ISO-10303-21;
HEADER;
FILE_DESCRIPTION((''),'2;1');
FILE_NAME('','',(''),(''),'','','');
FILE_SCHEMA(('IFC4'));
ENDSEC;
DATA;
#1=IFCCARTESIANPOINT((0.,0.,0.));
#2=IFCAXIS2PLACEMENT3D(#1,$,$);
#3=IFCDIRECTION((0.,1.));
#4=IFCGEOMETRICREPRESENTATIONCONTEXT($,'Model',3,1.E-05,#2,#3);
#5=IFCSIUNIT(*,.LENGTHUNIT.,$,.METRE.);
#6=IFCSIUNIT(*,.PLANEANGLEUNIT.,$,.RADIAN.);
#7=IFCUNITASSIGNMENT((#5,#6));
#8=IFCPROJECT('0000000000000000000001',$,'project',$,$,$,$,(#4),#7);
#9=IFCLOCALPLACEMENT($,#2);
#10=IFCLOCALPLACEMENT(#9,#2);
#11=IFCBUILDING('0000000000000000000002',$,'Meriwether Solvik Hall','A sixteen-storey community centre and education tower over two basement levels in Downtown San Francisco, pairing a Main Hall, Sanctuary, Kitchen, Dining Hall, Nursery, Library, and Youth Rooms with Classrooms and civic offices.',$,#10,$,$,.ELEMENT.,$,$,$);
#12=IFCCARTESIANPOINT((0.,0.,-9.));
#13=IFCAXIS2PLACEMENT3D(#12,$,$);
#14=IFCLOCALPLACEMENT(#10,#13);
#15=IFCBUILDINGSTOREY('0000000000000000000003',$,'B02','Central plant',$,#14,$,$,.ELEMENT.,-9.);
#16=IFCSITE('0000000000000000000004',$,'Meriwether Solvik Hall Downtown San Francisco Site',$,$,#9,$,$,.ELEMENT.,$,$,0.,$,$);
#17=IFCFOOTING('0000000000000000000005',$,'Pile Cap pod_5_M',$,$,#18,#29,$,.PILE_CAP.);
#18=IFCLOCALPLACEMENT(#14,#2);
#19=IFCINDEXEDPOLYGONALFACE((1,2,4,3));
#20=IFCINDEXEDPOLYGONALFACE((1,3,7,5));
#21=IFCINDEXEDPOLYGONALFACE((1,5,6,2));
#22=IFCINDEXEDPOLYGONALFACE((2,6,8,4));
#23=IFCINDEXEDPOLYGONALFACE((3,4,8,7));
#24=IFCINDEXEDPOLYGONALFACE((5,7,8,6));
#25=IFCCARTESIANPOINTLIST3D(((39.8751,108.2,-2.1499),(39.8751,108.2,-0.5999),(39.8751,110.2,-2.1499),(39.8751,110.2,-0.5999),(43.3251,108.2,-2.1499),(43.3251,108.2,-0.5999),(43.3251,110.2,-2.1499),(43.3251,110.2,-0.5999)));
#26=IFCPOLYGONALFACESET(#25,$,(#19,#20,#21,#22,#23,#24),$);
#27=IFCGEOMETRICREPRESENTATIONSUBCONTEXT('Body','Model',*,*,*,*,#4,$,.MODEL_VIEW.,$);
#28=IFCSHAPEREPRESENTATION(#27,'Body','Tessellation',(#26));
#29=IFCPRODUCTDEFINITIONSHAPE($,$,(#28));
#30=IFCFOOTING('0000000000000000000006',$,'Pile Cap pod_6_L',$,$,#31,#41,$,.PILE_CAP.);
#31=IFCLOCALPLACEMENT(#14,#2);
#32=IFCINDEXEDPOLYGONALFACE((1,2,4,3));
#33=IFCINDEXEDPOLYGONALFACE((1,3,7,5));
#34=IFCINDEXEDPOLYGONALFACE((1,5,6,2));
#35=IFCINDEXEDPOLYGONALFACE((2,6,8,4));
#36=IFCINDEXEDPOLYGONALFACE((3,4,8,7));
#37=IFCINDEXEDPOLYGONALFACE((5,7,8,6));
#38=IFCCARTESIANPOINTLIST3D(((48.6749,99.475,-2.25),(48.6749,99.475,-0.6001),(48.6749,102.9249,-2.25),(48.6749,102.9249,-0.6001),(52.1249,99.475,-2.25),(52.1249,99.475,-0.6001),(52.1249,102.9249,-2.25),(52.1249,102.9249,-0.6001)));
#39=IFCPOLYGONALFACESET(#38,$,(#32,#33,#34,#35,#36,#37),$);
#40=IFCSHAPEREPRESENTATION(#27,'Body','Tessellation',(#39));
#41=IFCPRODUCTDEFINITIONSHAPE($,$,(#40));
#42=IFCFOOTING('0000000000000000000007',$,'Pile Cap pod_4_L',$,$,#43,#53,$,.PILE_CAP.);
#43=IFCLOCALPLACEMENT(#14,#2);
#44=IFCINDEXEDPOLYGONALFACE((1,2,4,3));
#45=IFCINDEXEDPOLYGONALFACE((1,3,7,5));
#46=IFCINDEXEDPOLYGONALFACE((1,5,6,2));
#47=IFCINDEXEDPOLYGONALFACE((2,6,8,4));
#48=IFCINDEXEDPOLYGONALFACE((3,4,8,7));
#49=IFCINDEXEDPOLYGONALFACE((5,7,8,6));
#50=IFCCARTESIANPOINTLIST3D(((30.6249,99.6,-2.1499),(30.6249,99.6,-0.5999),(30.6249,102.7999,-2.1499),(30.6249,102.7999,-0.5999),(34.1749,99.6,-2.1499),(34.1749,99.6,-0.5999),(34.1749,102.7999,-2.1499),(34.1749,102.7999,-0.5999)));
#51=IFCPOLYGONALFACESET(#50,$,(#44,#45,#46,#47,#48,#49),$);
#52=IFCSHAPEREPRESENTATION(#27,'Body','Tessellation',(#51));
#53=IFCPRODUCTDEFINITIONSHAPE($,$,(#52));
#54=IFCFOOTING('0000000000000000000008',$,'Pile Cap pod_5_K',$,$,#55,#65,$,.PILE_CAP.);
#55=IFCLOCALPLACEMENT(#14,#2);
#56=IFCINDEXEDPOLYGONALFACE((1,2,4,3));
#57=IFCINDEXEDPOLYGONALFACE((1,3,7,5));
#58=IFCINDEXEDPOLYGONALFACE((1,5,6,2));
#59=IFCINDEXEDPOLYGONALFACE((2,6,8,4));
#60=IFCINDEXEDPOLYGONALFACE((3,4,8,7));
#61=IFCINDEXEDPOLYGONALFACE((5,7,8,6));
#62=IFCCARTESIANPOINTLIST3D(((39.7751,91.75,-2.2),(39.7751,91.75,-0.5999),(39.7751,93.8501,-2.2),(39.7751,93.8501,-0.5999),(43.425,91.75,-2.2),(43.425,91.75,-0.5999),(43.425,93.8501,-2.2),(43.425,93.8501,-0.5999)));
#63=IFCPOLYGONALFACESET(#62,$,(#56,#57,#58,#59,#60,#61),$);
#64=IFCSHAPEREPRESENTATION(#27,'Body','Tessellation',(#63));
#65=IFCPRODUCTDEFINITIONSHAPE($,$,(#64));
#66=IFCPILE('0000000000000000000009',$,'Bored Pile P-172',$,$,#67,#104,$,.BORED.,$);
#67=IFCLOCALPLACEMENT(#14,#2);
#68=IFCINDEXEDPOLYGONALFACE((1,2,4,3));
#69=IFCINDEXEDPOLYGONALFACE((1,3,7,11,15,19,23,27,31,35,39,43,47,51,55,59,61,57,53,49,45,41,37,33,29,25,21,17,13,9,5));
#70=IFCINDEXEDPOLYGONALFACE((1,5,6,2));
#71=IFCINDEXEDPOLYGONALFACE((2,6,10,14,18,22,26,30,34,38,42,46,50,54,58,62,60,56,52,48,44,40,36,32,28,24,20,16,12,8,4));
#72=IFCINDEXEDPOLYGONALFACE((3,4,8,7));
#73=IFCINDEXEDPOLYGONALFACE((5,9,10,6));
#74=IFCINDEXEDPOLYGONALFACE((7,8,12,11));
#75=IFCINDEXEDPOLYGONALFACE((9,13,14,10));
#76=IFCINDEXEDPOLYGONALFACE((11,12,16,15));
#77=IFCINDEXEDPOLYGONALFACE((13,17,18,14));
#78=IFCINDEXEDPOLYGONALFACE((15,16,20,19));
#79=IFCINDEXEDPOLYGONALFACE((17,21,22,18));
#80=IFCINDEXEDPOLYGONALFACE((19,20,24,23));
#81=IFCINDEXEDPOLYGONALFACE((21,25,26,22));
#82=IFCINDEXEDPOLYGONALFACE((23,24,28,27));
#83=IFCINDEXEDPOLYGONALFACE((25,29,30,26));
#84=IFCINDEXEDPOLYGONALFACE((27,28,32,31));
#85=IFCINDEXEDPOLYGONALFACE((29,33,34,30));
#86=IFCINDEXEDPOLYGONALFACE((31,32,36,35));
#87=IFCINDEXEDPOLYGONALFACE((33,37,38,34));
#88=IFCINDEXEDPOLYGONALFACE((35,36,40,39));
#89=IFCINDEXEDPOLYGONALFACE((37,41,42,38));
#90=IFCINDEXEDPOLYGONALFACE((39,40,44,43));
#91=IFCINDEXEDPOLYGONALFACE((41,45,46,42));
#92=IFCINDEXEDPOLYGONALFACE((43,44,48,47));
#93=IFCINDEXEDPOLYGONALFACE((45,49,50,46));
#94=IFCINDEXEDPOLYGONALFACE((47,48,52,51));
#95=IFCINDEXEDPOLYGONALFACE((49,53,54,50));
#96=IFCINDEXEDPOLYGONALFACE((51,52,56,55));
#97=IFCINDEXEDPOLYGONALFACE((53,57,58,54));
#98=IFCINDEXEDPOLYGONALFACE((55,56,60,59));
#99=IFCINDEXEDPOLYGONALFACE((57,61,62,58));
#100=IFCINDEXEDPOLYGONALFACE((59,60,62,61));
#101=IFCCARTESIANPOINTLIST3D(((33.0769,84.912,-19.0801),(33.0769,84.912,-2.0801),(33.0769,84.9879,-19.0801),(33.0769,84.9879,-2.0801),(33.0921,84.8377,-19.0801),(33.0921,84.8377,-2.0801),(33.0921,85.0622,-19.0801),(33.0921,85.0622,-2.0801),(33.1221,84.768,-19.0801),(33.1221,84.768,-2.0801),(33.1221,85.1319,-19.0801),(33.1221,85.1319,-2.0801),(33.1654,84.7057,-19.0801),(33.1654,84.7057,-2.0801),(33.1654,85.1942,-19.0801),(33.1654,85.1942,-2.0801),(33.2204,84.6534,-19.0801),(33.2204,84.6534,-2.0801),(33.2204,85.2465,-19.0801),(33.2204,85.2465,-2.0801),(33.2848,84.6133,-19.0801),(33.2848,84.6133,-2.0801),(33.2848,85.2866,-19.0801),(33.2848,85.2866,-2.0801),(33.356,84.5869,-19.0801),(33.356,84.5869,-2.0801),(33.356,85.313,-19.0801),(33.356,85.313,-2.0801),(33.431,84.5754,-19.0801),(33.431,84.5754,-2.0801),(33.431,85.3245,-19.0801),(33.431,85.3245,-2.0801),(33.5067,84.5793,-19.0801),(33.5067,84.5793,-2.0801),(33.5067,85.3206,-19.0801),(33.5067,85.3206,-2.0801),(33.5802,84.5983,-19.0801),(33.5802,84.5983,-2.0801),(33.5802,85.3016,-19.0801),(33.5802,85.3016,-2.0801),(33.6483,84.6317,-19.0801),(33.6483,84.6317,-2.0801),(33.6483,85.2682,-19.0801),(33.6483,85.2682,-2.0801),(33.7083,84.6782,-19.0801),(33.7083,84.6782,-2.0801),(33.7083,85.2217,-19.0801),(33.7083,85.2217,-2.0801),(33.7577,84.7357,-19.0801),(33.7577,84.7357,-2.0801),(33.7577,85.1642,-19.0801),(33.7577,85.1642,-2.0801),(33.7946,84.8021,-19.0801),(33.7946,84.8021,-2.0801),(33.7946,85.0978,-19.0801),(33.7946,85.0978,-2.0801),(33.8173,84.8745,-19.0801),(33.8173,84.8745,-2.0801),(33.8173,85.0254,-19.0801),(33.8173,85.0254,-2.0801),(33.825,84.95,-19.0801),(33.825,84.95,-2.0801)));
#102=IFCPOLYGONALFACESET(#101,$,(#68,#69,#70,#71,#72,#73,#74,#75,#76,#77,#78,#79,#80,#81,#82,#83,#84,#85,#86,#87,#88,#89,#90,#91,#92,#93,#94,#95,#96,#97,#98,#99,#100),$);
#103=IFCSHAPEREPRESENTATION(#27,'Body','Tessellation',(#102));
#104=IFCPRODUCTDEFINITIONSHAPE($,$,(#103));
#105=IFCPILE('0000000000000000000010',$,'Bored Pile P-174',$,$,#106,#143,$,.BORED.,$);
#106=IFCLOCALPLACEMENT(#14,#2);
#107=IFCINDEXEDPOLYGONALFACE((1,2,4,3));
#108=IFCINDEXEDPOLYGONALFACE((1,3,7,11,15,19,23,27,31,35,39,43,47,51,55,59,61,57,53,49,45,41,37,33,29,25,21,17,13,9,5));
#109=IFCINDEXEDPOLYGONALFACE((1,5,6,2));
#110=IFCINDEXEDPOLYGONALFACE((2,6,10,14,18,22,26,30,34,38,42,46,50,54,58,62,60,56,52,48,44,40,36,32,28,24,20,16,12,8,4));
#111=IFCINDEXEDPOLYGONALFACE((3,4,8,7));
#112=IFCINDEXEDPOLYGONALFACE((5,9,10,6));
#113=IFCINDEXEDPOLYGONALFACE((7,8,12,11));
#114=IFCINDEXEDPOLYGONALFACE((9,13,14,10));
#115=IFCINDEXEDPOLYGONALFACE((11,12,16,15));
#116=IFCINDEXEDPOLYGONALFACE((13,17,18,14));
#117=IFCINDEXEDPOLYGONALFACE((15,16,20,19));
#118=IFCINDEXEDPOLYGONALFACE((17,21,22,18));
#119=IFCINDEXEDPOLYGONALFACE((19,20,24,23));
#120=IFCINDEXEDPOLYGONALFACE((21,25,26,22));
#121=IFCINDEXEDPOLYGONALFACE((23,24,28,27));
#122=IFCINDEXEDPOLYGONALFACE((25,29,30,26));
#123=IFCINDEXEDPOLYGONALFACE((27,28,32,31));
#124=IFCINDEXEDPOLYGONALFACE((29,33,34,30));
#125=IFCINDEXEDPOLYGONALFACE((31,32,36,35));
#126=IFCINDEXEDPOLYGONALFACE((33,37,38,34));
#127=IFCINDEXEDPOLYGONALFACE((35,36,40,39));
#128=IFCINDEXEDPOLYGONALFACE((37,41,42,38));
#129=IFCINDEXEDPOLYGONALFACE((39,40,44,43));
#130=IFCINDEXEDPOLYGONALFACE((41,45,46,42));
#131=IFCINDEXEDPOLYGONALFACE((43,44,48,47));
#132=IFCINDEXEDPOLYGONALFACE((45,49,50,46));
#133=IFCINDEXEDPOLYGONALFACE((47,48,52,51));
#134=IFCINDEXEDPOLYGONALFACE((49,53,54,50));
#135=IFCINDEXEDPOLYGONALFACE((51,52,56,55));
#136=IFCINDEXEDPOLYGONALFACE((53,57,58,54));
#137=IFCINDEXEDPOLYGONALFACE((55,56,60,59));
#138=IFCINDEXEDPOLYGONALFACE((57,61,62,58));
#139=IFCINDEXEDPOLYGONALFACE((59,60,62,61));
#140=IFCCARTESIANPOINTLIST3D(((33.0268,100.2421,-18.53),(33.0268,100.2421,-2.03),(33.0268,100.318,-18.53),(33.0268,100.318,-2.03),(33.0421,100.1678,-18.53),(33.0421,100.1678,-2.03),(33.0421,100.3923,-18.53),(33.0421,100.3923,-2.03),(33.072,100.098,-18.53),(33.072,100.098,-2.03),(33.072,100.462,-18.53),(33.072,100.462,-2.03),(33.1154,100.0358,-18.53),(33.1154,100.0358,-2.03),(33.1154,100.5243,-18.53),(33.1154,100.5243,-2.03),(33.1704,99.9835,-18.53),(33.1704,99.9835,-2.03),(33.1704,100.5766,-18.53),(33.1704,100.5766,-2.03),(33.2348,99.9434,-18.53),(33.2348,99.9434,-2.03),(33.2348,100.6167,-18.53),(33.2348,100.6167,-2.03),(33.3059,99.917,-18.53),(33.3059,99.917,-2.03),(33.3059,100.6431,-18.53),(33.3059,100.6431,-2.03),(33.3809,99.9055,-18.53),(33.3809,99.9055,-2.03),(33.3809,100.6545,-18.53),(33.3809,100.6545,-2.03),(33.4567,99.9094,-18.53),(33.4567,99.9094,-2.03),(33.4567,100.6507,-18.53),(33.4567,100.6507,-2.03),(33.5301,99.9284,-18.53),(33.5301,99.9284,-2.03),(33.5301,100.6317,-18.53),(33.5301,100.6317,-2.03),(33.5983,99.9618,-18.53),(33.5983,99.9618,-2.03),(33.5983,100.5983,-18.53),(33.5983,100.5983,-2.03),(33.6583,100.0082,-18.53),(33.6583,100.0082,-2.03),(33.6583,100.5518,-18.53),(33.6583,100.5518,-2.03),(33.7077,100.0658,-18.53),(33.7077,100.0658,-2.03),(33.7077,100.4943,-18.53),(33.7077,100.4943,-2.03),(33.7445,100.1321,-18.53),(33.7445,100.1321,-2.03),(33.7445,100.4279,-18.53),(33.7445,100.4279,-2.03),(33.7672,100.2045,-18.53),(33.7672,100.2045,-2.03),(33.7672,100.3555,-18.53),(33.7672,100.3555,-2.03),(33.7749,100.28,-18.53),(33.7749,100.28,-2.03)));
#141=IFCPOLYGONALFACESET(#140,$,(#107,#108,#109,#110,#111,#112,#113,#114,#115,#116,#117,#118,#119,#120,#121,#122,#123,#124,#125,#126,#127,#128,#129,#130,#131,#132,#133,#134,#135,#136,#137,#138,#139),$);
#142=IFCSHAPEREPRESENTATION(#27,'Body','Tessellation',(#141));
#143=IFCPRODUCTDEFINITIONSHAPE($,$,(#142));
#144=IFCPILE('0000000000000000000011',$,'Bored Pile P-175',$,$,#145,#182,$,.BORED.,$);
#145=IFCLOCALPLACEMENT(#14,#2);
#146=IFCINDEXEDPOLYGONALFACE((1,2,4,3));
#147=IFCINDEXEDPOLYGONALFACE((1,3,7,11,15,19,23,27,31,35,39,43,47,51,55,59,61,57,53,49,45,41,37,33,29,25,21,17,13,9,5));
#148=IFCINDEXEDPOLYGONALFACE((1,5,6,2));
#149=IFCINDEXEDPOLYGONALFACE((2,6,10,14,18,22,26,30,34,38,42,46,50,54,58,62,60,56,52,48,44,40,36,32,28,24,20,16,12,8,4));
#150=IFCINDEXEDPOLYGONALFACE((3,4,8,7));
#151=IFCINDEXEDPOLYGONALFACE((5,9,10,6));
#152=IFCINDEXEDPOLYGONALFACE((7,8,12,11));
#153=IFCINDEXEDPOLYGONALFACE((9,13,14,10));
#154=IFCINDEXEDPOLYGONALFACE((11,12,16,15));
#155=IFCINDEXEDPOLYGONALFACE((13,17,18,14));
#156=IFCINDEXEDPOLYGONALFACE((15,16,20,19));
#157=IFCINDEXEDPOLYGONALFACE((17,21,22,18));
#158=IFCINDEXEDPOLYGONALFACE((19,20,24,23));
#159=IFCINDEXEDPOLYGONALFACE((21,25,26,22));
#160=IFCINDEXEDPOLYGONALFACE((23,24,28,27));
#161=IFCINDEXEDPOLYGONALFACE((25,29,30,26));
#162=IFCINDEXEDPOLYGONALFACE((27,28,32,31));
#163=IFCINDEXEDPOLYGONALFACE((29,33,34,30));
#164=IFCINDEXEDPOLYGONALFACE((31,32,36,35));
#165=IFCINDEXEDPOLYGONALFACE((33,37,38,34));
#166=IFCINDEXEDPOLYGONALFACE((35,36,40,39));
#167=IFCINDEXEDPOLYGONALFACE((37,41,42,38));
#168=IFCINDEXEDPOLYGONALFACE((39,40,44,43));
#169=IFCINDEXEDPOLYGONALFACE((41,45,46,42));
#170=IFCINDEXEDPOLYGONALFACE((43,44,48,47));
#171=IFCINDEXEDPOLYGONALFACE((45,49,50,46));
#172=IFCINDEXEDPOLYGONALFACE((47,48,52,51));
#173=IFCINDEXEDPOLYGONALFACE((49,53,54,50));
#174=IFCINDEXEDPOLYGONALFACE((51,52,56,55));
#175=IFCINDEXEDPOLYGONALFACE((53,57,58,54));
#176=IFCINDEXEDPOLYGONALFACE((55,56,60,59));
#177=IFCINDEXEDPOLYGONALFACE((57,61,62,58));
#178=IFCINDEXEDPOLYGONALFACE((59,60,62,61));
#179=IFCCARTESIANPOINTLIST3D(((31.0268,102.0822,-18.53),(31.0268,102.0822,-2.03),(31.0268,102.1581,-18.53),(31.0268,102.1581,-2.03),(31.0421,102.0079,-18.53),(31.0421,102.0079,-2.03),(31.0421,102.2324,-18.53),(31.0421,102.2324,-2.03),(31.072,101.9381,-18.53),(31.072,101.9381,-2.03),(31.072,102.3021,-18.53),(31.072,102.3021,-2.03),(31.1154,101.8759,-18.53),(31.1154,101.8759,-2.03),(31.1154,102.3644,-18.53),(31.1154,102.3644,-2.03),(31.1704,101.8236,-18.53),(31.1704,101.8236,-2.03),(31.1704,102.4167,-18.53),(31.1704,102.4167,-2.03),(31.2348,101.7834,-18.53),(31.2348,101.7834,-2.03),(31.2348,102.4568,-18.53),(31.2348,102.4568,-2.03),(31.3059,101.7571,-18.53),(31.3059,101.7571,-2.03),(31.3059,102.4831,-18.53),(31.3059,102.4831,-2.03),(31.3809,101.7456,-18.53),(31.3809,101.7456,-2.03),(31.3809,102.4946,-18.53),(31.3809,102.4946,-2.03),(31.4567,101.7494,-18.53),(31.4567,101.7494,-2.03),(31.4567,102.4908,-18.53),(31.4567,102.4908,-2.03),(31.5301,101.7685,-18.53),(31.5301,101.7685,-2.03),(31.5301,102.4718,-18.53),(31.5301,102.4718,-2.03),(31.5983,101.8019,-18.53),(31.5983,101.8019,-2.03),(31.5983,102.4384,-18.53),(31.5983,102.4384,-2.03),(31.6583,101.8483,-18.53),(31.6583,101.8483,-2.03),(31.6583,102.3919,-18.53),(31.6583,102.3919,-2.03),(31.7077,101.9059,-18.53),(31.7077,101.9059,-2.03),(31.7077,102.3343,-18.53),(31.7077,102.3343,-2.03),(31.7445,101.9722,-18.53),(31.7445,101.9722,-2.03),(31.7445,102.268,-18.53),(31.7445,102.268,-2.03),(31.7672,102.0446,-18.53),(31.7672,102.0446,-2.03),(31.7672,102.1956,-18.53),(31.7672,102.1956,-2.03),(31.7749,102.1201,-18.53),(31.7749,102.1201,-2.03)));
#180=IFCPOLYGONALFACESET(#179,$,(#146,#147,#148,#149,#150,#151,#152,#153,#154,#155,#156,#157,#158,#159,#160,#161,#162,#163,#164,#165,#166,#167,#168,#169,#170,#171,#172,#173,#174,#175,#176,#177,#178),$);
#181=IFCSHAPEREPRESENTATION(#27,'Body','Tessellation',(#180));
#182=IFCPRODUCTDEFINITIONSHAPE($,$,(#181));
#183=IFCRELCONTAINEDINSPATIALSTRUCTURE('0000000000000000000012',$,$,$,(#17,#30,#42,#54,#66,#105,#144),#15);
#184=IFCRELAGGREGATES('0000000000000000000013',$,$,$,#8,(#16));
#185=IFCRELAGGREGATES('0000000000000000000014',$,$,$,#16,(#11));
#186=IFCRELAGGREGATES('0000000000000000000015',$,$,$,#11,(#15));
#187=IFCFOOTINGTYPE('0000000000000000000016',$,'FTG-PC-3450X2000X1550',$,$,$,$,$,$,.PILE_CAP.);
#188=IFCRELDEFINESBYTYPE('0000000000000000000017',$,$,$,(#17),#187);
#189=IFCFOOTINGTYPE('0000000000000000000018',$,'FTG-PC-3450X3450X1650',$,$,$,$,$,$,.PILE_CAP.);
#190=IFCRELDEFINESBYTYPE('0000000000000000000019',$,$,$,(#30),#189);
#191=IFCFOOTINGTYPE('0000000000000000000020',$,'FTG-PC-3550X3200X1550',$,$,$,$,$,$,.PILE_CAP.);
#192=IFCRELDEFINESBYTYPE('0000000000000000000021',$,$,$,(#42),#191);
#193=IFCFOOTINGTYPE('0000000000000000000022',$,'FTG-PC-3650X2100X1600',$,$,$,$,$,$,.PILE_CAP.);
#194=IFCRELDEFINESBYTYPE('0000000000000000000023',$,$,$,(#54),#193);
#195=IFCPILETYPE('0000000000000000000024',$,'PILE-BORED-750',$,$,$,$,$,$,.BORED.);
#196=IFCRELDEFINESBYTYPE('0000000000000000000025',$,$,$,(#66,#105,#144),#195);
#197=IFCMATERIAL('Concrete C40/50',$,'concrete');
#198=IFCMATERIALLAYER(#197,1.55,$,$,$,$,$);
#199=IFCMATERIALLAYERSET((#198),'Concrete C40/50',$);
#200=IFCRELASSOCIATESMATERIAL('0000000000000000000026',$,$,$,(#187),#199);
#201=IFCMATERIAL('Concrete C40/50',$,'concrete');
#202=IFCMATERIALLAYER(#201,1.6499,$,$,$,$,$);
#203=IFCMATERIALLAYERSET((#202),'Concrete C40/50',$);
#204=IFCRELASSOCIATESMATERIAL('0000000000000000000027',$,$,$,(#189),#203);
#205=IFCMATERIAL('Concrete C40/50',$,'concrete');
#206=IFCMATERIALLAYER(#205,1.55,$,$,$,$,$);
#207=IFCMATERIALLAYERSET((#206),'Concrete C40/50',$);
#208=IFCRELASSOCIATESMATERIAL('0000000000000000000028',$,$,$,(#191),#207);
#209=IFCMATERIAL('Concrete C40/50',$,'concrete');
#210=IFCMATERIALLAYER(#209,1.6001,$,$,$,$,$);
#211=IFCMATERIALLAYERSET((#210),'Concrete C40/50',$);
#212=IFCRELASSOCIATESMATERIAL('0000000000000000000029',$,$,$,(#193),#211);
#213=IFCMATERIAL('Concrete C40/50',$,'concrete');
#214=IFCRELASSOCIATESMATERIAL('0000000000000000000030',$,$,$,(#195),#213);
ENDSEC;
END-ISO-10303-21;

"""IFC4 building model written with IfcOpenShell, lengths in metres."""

from ifc_helpers import new_model, si_unit, direction, frame, origin, origin_2d, place, context, subcontext, project, spatial, rectangle, circle, extrude, material, layer, layer_set, material_profile, profile_set, type_object, element, save


model = new_model("IFC4")

# Units and contexts
model_context = context("Model", 3, precision=1e-05, world=origin(), true_north=direction((0.0, 1.0)))
body_context = subcontext(model_context, "Body", "Model", "MODEL_VIEW")
ifc_project = project(units=[si_unit("LENGTHUNIT", "METRE"), si_unit("PLANEANGLEUNIT", "RADIAN")], contexts=[model_context])

# Site, building, storey
site_placement = place(None, origin())
site = spatial("IfcSite", under=ifc_project, at=site_placement, Name="Meriwether Solvik Hall Downtown San Francisco Site", CompositionType="ELEMENT", RefElevation=0.0)
building_placement = place(site_placement, origin())
building = spatial("IfcBuilding", under=site, at=building_placement, Name="Meriwether Solvik Hall", Description="A sixteen-storey community centre and education tower over two basement levels in Downtown San Francisco, pairing a Main Hall, Sanctuary, Kitchen, Dining Hall, Nursery, Library, and Youth Rooms with Classrooms and civic offices.", CompositionType="ELEMENT")
storey_placement = place(building_placement, frame((0.0, 0.0, -9.0)))
storey = spatial("IfcBuildingStorey", under=building, at=storey_placement, Name="B02", Description="Central plant", CompositionType="ELEMENT", Elevation=-9.0)

# Footings
ifc_material_1 = material(Name="Concrete C40/50", Category="concrete")
ifc_layer_1 = layer(ifc_material_1, 1.55)
ifc_layer_set_1 = layer_set([ifc_layer_1], Name="Concrete C40/50")
footing_type_1 = type_object("IfcFootingType", Name="FTG-PC-3450X2000X1550", PredefinedType="PILE_CAP", material=ifc_layer_set_1)
footing_1_placement = place(storey_placement, frame((41.6001, 109.2, -2.1499), z_axis=(0.0, 0.0, 1.0), x_axis=(1.0, 0.0, 0.0)))
element("IfcFooting", 1, at=footing_1_placement, inside=storey, type_object=footing_type_1, Name="Pile Cap pod_5_M", PredefinedType="PILE_CAP", context=body_context, shape_type="SweptSolid", body=[
    extrude(rectangle(XDim=3.45, YDim=2.0, at=origin_2d()), origin(), (0.0, 0.0, 1.0), 1.55),
])
ifc_material_2 = material(Name="Concrete C40/50", Category="concrete")
ifc_layer_2 = layer(ifc_material_2, 1.6499)
ifc_layer_set_2 = layer_set([ifc_layer_2], Name="Concrete C40/50")
footing_type_2 = type_object("IfcFootingType", Name="FTG-PC-3450X3450X1650", PredefinedType="PILE_CAP", material=ifc_layer_set_2)
footing_2_placement = place(storey_placement, frame((50.3999, 101.2, -2.25), z_axis=(0.0, 0.0, 1.0), x_axis=(1.0, 0.0, 0.0)))
element("IfcFooting", 2, at=footing_2_placement, inside=storey, type_object=footing_type_2, Name="Pile Cap pod_6_L", PredefinedType="PILE_CAP", context=body_context, shape_type="SweptSolid", body=[
    extrude(rectangle(XDim=3.45, YDim=3.45, at=origin_2d()), origin(), (0.0, 0.0, 1.0), 1.6499),
])
ifc_material_3 = material(Name="Concrete C40/50", Category="concrete")
ifc_layer_3 = layer(ifc_material_3, 1.55)
ifc_layer_set_3 = layer_set([ifc_layer_3], Name="Concrete C40/50")
footing_type_3 = type_object("IfcFootingType", Name="FTG-PC-3550X3200X1550", PredefinedType="PILE_CAP", material=ifc_layer_set_3)
footing_3_placement = place(storey_placement, frame((32.3999, 101.2, -2.1499), z_axis=(0.0, 0.0, 1.0), x_axis=(1.0, 0.0, 0.0)))
element("IfcFooting", 3, at=footing_3_placement, inside=storey, type_object=footing_type_3, Name="Pile Cap pod_4_L", PredefinedType="PILE_CAP", context=body_context, shape_type="SweptSolid", body=[
    extrude(rectangle(XDim=3.55, YDim=3.2, at=origin_2d()), origin(), (0.0, 0.0, 1.0), 1.55),
])
ifc_material_4 = material(Name="Concrete C40/50", Category="concrete")
ifc_layer_4 = layer(ifc_material_4, 1.6001)
ifc_layer_set_4 = layer_set([ifc_layer_4], Name="Concrete C40/50")
footing_type_4 = type_object("IfcFootingType", Name="FTG-PC-3650X2100X1600", PredefinedType="PILE_CAP", material=ifc_layer_set_4)
footing_4_placement = place(storey_placement, frame((41.6001, 92.8, -2.2), z_axis=(0.0, 0.0, 1.0), x_axis=(1.0, 0.0, 0.0)))
element("IfcFooting", 4, at=footing_4_placement, inside=storey, type_object=footing_type_4, Name="Pile Cap pod_5_K", PredefinedType="PILE_CAP", context=body_context, shape_type="SweptSolid", body=[
    extrude(rectangle(XDim=3.6499, YDim=2.1001, at=origin_2d()), origin(), (0.0, 0.0, 1.0), 1.6001),
])

# Piles
ifc_material_5 = material(Name="Concrete C40/50", Category="concrete")
ifc_material_profile_1 = material_profile(ifc_material_5, circle(Radius=0.375, at=origin_2d()), Name="PILE-D750")
ifc_profile_set_1 = profile_set([ifc_material_profile_1], Name="Concrete C40/50")
pile_type = type_object("IfcPileType", Name="PILE-BORED-750", PredefinedType="BORED", material=ifc_profile_set_1)
pile_1_placement = place(storey_placement, frame((33.45, 84.95, -2.0801), z_axis=(0.0, 0.0, -1.0), x_axis=(1.0, 0.0, 0.0)))
element("IfcPile", 5, at=pile_1_placement, inside=storey, type_object=pile_type, Name="Bored Pile P-172", PredefinedType="BORED", context=body_context, shape_type="SweptSolid", body=[
    extrude(circle(Radius=0.375, at=origin_2d()), origin(), (0.0, 0.0, 1.0), 17.0),
])
for number, where, z_axis, x_axis, name in (
    (6, (33.3999, 100.28, -2.03), (0.0, 0.0, -1.0), (1.0, 0.0, 0.0), "Bored Pile P-174"),
    (7, (31.3999, 102.1201, -2.03), (0.0, 0.0, -1.0), (1.0, 0.0, 0.0), "Bored Pile P-175"),
):
    element("IfcPile", number, at=place(storey_placement, frame(where, z_axis=z_axis, x_axis=x_axis)), inside=storey, type_object=pile_type, Name=name, PredefinedType="BORED", context=body_context, shape_type="SweptSolid", body=[
        extrude(circle(Radius=0.375, at=origin_2d()), origin(), (0.0, 0.0, 1.0), 16.5),
    ])

save(model, "model.ifc")
